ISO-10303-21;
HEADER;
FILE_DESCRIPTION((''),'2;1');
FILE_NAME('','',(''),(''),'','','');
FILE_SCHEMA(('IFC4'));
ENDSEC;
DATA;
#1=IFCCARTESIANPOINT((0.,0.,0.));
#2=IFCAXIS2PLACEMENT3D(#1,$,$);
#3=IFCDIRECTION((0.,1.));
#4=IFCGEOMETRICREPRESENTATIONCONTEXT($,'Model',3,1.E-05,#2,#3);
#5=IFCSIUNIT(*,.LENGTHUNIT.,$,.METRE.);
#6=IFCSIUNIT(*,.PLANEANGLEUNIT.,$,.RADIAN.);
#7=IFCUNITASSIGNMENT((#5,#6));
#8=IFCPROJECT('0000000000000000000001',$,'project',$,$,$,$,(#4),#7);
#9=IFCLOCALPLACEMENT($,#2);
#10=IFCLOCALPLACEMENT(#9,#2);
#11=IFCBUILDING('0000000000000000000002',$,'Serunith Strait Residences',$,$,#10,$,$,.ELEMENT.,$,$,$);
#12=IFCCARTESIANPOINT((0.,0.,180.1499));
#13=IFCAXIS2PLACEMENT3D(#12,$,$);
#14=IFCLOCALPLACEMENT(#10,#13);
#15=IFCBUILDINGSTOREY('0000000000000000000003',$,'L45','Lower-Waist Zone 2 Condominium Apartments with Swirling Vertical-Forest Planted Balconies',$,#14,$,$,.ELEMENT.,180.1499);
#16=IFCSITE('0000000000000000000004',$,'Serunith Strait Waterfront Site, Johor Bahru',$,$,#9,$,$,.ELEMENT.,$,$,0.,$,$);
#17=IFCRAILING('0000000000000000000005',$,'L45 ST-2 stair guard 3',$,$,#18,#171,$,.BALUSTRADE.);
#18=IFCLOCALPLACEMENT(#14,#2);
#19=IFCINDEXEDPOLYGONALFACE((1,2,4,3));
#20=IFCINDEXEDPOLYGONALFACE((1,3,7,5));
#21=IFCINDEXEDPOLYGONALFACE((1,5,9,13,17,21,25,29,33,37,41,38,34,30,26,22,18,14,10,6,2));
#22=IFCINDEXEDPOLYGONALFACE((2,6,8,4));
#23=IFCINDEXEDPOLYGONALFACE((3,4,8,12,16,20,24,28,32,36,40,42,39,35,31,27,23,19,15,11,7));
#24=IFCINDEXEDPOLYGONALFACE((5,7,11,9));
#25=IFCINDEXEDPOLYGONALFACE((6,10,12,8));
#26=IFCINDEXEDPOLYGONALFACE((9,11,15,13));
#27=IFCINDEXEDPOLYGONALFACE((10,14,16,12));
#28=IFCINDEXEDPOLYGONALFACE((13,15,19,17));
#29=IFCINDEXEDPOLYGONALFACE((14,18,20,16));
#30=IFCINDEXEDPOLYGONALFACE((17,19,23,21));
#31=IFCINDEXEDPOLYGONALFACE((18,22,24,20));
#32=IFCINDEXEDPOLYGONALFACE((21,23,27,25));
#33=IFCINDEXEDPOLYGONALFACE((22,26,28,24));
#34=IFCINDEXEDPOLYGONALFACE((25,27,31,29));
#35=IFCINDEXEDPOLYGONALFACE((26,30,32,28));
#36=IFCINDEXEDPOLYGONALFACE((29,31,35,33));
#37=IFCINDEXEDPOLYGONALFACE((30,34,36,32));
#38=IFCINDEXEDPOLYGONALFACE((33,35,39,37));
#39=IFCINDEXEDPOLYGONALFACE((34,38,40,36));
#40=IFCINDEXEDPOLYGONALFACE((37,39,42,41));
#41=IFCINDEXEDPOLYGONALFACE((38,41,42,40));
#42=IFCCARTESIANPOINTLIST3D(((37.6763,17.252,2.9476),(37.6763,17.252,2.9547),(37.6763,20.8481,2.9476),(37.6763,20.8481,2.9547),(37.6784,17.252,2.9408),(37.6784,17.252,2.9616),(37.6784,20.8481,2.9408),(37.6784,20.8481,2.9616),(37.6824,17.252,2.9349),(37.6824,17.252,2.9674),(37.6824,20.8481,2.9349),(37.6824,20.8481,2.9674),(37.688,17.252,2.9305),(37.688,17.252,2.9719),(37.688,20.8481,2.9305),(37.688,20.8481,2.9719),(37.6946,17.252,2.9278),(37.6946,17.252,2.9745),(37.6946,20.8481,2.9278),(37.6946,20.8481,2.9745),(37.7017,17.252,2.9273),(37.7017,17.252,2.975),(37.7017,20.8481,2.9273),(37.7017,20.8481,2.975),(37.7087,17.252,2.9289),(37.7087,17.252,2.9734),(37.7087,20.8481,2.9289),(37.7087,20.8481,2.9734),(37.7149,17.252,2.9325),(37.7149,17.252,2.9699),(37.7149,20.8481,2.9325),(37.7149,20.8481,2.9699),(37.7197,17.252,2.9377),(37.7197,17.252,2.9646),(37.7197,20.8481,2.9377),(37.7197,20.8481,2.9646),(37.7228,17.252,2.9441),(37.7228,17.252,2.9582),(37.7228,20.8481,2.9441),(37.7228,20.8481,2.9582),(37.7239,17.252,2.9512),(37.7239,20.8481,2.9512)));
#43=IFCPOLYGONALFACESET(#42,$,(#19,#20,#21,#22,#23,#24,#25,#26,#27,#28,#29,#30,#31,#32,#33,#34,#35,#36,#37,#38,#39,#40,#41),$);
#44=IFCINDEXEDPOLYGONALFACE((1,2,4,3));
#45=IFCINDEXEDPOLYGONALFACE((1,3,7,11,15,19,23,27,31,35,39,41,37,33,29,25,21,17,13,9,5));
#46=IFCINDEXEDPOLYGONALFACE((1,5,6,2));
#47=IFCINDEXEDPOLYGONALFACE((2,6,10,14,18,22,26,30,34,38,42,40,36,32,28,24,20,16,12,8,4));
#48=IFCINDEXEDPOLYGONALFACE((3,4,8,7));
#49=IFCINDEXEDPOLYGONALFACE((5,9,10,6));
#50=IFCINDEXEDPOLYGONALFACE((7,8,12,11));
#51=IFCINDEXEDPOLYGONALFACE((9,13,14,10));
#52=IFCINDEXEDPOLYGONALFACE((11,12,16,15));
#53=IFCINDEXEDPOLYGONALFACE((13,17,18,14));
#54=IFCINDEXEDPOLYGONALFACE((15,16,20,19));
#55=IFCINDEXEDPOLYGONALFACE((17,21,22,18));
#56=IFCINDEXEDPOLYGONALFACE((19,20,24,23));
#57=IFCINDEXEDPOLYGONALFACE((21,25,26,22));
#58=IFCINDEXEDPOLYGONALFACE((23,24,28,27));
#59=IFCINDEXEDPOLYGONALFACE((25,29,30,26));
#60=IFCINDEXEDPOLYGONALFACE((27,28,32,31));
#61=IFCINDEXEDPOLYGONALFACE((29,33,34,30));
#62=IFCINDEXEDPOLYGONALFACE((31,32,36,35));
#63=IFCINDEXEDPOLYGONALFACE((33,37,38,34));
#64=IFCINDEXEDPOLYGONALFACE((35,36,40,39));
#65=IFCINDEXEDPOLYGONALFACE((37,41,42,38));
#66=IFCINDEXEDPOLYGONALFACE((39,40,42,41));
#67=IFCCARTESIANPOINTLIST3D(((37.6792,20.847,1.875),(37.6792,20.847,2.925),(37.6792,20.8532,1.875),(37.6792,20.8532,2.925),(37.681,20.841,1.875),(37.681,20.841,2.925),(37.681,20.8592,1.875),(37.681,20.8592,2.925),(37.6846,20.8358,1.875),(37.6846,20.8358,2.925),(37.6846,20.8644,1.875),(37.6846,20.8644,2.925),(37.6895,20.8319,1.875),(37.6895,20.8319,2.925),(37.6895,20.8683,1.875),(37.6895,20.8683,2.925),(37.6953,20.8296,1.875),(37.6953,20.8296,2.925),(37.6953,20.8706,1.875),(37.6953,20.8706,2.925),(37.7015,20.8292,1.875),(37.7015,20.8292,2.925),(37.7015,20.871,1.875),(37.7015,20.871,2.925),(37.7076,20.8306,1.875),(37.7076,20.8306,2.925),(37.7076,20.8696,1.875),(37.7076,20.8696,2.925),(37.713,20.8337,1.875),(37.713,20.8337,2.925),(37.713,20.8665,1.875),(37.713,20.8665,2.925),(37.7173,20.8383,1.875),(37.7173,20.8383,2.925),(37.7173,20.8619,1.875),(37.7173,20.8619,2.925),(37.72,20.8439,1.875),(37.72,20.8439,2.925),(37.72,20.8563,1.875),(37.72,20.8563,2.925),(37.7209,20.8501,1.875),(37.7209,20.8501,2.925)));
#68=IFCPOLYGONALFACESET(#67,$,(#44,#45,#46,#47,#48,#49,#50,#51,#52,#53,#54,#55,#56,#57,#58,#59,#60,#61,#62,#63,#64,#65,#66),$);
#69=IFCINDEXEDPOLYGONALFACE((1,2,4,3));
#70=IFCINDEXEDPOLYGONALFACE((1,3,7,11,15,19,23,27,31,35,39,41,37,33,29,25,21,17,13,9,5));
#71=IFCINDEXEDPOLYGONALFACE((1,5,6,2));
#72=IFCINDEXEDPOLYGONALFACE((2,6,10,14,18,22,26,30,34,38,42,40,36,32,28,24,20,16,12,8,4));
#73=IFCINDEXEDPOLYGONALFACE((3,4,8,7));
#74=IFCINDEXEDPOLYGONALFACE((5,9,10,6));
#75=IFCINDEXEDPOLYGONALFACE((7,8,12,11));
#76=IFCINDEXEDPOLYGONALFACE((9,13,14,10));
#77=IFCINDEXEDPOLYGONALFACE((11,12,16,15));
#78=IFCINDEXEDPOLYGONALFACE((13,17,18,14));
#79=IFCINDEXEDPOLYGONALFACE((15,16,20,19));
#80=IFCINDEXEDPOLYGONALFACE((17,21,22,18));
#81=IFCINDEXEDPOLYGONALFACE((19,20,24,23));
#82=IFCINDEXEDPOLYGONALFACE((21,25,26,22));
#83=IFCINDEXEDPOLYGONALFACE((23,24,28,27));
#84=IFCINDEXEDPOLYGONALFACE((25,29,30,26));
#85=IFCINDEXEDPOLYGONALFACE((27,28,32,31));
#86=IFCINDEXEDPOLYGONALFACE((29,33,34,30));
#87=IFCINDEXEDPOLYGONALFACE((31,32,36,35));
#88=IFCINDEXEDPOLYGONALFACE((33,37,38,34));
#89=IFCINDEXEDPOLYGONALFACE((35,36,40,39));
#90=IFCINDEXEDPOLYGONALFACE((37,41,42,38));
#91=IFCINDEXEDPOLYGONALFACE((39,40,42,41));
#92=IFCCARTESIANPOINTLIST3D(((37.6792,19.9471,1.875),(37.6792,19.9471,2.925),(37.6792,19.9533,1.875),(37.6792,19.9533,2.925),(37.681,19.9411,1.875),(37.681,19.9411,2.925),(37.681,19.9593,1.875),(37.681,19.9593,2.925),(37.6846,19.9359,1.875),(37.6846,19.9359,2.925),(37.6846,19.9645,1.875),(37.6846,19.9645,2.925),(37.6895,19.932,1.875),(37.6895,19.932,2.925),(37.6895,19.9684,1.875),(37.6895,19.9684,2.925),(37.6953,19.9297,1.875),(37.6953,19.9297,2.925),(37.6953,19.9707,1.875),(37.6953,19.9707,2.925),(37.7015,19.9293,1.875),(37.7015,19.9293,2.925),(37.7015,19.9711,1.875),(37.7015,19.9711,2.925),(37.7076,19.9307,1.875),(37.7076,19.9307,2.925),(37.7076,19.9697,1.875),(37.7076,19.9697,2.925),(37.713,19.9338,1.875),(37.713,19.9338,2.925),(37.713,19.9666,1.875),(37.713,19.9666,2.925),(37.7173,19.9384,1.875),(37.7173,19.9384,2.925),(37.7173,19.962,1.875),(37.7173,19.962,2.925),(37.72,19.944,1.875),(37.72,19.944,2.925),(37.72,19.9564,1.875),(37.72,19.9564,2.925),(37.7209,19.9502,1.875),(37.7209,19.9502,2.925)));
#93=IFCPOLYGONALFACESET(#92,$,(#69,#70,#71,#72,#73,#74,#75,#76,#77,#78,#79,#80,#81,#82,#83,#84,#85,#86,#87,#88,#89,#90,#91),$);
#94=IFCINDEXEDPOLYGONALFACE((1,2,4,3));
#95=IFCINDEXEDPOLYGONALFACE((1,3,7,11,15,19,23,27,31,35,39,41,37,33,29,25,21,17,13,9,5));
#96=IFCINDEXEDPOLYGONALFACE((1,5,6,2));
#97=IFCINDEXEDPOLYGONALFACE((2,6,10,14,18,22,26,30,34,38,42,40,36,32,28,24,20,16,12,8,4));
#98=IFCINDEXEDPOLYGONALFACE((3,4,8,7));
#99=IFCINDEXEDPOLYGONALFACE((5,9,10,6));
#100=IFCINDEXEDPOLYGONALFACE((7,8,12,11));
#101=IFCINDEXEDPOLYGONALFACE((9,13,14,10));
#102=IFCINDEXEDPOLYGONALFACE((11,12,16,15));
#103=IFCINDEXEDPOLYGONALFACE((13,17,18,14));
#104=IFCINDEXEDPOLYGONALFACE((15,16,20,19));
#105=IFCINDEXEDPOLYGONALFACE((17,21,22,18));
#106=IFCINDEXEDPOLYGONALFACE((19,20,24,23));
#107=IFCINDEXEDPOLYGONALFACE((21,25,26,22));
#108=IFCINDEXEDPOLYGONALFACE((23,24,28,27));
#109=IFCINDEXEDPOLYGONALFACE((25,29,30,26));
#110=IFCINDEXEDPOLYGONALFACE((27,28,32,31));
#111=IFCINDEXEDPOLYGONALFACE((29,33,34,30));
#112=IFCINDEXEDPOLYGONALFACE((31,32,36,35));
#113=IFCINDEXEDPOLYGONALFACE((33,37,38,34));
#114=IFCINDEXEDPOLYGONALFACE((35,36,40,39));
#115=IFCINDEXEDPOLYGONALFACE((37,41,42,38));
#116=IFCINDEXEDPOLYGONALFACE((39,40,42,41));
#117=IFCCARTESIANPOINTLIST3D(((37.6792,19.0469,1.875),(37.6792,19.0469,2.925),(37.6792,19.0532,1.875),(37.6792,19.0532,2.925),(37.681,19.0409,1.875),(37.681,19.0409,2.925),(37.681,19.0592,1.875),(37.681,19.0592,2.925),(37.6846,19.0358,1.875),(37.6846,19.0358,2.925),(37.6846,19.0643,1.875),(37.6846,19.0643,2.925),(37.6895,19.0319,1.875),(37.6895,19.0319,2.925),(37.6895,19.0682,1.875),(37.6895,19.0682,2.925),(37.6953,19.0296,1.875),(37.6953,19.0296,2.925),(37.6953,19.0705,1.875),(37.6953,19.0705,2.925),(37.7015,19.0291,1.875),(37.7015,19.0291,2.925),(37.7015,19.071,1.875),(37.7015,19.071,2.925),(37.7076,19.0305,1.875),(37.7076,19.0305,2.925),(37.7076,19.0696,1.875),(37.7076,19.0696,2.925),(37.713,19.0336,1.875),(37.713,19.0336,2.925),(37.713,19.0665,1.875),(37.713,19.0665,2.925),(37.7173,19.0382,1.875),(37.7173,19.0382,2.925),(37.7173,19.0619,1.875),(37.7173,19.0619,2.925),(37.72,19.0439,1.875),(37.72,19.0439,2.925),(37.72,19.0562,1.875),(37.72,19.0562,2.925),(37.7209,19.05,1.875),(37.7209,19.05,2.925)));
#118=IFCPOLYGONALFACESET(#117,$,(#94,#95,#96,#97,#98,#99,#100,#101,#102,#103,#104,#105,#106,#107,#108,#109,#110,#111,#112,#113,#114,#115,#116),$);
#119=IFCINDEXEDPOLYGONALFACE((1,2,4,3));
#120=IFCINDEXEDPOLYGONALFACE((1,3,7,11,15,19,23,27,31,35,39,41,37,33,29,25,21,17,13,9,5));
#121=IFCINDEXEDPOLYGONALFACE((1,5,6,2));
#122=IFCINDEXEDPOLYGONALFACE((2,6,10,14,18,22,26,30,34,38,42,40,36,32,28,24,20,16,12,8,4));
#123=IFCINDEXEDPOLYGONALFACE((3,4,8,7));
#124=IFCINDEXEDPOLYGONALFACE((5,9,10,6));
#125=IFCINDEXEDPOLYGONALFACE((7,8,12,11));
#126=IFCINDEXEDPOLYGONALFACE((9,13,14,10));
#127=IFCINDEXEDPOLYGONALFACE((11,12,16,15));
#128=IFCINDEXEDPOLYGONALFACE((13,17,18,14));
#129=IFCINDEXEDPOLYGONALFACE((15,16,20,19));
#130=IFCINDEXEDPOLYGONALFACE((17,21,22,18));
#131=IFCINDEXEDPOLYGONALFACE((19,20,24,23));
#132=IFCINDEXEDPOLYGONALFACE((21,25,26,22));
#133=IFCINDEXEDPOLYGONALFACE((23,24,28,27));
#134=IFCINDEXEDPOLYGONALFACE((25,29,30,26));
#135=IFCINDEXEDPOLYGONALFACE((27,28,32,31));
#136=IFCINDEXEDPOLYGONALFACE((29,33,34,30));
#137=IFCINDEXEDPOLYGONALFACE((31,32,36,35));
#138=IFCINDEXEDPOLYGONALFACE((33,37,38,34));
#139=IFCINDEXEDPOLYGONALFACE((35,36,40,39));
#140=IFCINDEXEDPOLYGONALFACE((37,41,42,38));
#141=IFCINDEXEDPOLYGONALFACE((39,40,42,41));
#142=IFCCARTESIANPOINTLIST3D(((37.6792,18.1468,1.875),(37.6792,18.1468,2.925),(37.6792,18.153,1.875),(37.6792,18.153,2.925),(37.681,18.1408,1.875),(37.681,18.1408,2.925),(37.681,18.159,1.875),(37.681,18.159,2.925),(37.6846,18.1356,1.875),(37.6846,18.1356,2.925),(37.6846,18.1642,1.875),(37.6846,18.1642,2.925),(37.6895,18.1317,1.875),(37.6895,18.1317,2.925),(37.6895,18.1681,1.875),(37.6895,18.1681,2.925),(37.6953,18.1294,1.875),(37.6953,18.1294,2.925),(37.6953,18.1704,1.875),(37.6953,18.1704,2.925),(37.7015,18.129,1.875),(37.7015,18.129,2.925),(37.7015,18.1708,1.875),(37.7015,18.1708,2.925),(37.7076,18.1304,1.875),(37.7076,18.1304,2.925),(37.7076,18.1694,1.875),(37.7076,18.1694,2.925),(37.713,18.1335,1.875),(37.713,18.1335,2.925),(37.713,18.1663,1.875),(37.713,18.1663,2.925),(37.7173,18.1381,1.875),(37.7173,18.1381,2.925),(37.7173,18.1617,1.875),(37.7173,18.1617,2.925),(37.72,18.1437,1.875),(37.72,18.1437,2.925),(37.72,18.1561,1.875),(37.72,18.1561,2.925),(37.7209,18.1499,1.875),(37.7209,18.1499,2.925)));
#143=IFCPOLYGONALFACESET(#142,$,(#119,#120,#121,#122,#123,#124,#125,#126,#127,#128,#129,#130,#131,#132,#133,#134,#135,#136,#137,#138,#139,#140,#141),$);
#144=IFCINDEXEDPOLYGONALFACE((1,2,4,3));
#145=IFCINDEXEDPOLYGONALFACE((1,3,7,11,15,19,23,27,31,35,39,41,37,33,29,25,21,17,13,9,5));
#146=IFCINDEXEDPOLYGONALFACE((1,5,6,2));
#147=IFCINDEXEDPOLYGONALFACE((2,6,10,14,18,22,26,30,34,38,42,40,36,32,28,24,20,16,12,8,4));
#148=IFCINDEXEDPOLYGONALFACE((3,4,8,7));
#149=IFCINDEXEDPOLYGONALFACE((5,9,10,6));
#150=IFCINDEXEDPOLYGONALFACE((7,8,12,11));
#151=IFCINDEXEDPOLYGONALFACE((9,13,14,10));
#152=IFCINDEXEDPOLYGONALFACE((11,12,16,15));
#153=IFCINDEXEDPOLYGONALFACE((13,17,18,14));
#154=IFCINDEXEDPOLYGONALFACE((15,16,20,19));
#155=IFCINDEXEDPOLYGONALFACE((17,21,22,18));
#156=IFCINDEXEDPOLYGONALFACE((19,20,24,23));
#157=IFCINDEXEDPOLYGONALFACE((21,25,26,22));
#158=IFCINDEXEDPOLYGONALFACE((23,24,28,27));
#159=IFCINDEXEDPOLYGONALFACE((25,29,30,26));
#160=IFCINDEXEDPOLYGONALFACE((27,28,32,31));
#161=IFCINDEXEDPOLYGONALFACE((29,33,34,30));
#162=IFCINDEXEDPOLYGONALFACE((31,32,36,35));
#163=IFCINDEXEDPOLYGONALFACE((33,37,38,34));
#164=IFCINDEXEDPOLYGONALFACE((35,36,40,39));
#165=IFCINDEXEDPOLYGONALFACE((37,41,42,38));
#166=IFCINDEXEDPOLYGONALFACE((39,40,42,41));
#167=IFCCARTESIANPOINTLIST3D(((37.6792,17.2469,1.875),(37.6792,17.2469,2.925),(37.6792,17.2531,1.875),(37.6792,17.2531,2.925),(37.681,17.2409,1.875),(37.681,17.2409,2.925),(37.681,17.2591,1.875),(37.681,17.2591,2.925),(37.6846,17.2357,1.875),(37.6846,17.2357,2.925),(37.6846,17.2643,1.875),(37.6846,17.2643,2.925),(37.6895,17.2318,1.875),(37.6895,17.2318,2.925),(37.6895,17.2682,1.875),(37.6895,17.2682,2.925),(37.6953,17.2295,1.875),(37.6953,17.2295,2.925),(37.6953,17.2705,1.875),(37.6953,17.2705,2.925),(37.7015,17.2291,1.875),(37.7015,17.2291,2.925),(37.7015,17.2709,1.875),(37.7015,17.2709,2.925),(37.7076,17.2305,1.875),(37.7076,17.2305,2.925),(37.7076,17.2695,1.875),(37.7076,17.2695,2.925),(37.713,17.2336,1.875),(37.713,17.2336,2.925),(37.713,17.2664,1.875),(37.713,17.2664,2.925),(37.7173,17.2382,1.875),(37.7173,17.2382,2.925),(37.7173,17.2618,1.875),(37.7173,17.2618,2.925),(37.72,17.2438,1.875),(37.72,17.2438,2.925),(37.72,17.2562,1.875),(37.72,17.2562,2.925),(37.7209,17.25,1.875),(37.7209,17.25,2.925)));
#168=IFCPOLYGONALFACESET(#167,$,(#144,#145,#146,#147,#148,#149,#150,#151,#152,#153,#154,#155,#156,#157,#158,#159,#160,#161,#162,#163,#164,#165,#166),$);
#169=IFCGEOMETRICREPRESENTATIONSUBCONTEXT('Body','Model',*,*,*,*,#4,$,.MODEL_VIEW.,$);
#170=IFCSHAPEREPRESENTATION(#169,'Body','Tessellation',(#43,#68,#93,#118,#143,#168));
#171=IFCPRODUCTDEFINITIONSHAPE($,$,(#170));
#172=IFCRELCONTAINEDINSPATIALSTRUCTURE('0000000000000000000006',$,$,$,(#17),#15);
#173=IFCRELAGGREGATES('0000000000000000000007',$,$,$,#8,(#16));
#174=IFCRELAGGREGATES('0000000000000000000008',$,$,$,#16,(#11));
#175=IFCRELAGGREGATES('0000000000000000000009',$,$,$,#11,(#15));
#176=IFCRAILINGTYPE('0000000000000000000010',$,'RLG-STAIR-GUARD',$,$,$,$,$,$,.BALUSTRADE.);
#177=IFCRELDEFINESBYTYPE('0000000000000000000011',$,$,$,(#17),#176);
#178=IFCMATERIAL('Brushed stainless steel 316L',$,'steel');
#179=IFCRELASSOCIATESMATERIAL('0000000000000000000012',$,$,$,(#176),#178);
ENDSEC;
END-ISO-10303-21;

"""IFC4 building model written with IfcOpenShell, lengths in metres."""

from ifc_helpers import new_model, si_unit, direction, frame, origin, origin_2d, place, context, subcontext, project, spatial, circle, extrude, material, type_object, element, save


model = new_model("IFC4")

# Units and contexts
model_context = context("Model", 3, precision=1e-05, world=origin(), true_north=direction((0.0, 1.0)))
body_context = subcontext(model_context, "Body", "Model", "MODEL_VIEW")
ifc_project = project(units=[si_unit("LENGTHUNIT", "METRE"), si_unit("PLANEANGLEUNIT", "RADIAN")], contexts=[model_context])

# Site, building, storey
site_placement = place(None, origin())
site = spatial("IfcSite", under=ifc_project, at=site_placement, Name="Serunith Strait Waterfront Site, Johor Bahru", CompositionType="ELEMENT", RefElevation=0.0)
building_placement = place(site_placement, origin())
building = spatial("IfcBuilding", under=site, at=building_placement, Name="Serunith Strait Residences", CompositionType="ELEMENT")
storey_placement = place(building_placement, frame((0.0, 0.0, 180.1499)))
storey = spatial("IfcBuildingStorey", under=building, at=storey_placement, Name="L45", Description="Lower-Waist Zone 2 Condominium Apartments with Swirling Vertical-Forest Planted Balconies", CompositionType="ELEMENT", Elevation=180.1499)

# Railing
ifc_material_1 = material(Name="Brushed stainless steel 316L", Category="steel")
railing_type_1 = type_object("IfcRailingType", Name="RLG-STAIR-GUARD", PredefinedType="BALUSTRADE", material=ifc_material_1)
for number, where, name in (
    (1, (37.7, 20.8501, 1.875), "L45 ST-2 stair guard 3"),
):
    element("IfcRailing", number, at=place(storey_placement, frame(where)), inside=storey, type_object=railing_type_1, Name=name, PredefinedType="BALUSTRADE", context=body_context, shape_type="SweptSolid", body=[
        extrude(circle(Radius=0.0239, at=origin_2d()), frame((0.0, -0.002, 1.0762), z_axis=(0.0, -1.0, 0.0), x_axis=(1.0, 0.0, 0.0)), (0.0, 0.0, 1.0), 3.5962),
        extrude(circle(Radius=0.021, at=origin_2d()), origin(), (0.0, 0.0, 1.0), 1.05),
        extrude(circle(Radius=0.021, at=origin_2d()), frame((0.0, -0.8999, 0.0)), (0.0, 0.0, 1.0), 1.05),
        extrude(circle(Radius=0.021, at=origin_2d()), frame((0.0, -1.8, 0.0)), (0.0, 0.0, 1.0), 1.05),
        extrude(circle(Radius=0.021, at=origin_2d()), frame((0.0, -2.7002, 0.0)), (0.0, 0.0, 1.0), 1.05),
        extrude(circle(Radius=0.021, at=origin_2d()), frame((0.0, -3.6001, 0.0)), (0.0, 0.0, 1.0), 1.05),
    ])

save(model, "model.ifc")
